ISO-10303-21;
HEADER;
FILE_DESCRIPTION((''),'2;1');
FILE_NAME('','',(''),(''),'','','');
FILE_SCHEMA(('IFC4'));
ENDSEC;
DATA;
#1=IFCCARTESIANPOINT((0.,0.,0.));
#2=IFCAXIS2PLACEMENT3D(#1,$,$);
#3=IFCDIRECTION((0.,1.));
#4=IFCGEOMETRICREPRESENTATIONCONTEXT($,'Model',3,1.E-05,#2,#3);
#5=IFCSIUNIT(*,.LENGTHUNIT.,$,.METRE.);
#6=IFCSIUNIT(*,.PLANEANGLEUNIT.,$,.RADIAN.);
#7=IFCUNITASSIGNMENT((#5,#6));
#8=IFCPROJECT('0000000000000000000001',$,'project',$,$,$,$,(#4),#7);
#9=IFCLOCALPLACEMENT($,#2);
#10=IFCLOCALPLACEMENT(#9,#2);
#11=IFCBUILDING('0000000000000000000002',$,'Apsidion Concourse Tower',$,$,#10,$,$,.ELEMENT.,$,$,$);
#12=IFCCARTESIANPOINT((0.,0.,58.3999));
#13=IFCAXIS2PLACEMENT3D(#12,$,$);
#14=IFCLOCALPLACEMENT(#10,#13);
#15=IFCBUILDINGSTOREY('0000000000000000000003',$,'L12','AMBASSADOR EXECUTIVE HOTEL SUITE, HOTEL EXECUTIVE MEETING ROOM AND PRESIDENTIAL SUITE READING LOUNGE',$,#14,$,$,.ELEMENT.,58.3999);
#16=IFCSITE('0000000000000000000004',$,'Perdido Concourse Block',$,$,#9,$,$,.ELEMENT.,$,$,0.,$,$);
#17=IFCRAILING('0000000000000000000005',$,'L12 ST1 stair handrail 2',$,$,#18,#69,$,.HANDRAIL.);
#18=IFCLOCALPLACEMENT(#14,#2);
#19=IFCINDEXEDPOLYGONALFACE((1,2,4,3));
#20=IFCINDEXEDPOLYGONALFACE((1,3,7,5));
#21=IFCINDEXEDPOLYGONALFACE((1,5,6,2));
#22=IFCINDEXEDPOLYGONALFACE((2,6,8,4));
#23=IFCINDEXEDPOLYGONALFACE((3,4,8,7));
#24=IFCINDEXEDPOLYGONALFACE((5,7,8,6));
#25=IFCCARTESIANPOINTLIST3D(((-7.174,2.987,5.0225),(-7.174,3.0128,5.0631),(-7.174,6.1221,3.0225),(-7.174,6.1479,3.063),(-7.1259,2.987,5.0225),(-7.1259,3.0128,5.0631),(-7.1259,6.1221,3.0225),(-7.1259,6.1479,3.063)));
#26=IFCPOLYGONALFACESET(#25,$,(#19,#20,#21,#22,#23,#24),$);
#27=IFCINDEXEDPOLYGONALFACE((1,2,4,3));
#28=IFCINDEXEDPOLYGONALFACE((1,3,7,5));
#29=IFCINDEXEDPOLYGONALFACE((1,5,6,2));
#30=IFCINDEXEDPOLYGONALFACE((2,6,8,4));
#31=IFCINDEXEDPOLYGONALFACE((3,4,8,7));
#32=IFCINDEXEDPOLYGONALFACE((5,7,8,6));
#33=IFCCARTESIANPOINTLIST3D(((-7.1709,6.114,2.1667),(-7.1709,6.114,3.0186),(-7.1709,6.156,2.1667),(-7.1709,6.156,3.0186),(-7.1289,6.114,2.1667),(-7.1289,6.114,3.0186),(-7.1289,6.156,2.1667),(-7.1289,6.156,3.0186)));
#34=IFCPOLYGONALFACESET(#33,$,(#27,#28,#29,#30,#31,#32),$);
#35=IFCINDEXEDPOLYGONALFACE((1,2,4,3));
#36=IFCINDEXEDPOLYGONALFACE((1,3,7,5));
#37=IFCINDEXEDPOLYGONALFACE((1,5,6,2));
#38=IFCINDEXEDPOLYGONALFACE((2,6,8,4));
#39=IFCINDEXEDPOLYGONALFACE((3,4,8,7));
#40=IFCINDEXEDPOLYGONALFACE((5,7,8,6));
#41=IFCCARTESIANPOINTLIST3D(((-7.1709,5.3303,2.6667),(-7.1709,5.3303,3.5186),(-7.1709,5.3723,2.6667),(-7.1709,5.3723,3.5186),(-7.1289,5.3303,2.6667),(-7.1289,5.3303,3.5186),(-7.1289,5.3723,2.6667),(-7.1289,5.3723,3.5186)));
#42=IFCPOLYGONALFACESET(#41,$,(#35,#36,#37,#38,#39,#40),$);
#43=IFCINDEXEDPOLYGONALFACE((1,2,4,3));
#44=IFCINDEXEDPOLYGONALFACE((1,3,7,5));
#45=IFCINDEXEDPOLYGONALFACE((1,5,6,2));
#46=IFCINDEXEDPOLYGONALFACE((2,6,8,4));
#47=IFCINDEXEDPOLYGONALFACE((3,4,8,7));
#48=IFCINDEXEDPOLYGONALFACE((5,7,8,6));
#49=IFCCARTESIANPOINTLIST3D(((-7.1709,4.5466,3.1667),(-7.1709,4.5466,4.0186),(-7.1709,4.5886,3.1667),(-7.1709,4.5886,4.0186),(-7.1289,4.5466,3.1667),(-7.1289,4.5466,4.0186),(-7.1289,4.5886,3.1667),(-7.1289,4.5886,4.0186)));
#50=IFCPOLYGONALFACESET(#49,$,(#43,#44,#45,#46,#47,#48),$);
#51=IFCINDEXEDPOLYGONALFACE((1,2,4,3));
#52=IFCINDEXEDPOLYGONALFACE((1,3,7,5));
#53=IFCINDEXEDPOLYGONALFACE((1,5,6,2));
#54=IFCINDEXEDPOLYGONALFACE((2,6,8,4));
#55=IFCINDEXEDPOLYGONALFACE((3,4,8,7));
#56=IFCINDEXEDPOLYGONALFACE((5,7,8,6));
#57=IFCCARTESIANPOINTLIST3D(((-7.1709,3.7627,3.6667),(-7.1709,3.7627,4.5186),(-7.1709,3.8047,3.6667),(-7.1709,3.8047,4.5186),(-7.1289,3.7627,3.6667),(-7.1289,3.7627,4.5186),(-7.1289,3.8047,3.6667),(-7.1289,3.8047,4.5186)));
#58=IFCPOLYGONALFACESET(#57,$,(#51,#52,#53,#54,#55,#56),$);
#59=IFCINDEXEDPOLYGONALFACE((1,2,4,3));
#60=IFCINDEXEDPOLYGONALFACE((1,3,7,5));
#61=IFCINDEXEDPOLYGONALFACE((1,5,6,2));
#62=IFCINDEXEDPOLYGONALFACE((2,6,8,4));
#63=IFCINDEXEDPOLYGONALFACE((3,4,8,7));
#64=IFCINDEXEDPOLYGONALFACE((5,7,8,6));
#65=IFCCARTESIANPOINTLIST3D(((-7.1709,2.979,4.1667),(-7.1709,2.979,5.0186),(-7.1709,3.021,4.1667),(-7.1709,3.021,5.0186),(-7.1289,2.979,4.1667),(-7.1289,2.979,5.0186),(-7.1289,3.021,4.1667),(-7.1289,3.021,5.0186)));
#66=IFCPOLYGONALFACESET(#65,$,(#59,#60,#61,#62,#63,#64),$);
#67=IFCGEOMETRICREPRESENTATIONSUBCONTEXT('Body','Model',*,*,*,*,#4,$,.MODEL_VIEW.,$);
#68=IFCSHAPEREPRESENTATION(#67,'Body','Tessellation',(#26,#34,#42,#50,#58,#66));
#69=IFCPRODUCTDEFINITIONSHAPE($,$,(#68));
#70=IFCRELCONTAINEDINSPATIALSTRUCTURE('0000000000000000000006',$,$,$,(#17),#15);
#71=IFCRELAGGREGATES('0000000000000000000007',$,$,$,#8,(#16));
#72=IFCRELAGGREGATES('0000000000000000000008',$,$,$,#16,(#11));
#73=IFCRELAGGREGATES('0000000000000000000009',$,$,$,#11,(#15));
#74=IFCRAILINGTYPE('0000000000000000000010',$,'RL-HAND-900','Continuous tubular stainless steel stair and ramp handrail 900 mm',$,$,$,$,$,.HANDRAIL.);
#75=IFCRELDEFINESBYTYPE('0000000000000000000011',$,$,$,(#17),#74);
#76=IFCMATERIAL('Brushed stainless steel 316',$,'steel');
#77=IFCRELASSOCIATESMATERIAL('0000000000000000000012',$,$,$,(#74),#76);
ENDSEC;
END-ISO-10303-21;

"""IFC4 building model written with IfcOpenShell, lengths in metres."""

from ifc_helpers import new_model, si_unit, direction, frame, origin, origin_2d, place, context, subcontext, project, spatial, rectangle, extrude, material, type_object, element, save


model = new_model("IFC4")

# Units and contexts
model_context = context("Model", 3, precision=1e-05, world=origin(), true_north=direction((0.0, 1.0)))
body_context = subcontext(model_context, "Body", "Model", "MODEL_VIEW")
ifc_project = project(units=[si_unit("LENGTHUNIT", "METRE"), si_unit("PLANEANGLEUNIT", "RADIAN")], contexts=[model_context])

# Site, building, storey
site_placement = place(None, origin())
site = spatial("IfcSite", under=ifc_project, at=site_placement, Name="Perdido Concourse Block", CompositionType="ELEMENT", RefElevation=0.0)
building_placement = place(site_placement, origin())
building = spatial("IfcBuilding", under=site, at=building_placement, Name="Apsidion Concourse Tower", CompositionType="ELEMENT")
storey_placement = place(building_placement, frame((0.0, 0.0, 58.3999)))
storey = spatial("IfcBuildingStorey", under=building, at=storey_placement, Name="L12", Description="AMBASSADOR EXECUTIVE HOTEL SUITE, HOTEL EXECUTIVE MEETING ROOM AND PRESIDENTIAL SUITE READING LOUNGE", CompositionType="ELEMENT", Elevation=58.3999)

# Shared definitions
ifc_material_1 = material(Name="Brushed stainless steel 316", Category="steel")

# Railing
railing_type_1 = type_object("IfcRailingType", Name="RL-HAND-900", Description="Continuous tubular stainless steel stair and ramp handrail 900 mm", PredefinedType="HANDRAIL", material=ifc_material_1)
railing_1_placement = place(storey_placement, frame((-7.1499, 6.135, 2.1667)))
element("IfcRailing", 1, at=railing_1_placement, inside=storey, type_object=railing_type_1, Name="L12 ST1 stair handrail 2", PredefinedType="HANDRAIL", context=body_context, shape_type="SweptSolid", body=[
    extrude(rectangle(XDim=0.0481, YDim=0.0481, at=origin_2d()), frame((0.0, 0.0, 0.876), z_axis=(0.0, -0.843053, 0.537831), x_axis=(1.0, 0.0, 0.0)), (0.0, 0.0, 1.0), 3.7188),
    extrude(rectangle(XDim=0.042, YDim=0.042, at=origin_2d()), origin(), (0.0, 0.0, 1.0), 0.8518),
    extrude(rectangle(XDim=0.042, YDim=0.042, at=origin_2d()), frame((0.0, -0.7837, 0.5)), (0.0, 0.0, 1.0), 0.8518),
    extrude(rectangle(XDim=0.042, YDim=0.042, at=origin_2d()), frame((0.0, -1.5674, 1.0)), (0.0, 0.0, 1.0), 0.8518),
    extrude(rectangle(XDim=0.042, YDim=0.042, at=origin_2d()), frame((0.0, -2.3513, 1.5)), (0.0, 0.0, 1.0), 0.8518),
    extrude(rectangle(XDim=0.042, YDim=0.042, at=origin_2d()), frame((0.0, -3.135, 2.0)), (0.0, 0.0, 1.0), 0.8518),
])

save(model, "model.ifc")
